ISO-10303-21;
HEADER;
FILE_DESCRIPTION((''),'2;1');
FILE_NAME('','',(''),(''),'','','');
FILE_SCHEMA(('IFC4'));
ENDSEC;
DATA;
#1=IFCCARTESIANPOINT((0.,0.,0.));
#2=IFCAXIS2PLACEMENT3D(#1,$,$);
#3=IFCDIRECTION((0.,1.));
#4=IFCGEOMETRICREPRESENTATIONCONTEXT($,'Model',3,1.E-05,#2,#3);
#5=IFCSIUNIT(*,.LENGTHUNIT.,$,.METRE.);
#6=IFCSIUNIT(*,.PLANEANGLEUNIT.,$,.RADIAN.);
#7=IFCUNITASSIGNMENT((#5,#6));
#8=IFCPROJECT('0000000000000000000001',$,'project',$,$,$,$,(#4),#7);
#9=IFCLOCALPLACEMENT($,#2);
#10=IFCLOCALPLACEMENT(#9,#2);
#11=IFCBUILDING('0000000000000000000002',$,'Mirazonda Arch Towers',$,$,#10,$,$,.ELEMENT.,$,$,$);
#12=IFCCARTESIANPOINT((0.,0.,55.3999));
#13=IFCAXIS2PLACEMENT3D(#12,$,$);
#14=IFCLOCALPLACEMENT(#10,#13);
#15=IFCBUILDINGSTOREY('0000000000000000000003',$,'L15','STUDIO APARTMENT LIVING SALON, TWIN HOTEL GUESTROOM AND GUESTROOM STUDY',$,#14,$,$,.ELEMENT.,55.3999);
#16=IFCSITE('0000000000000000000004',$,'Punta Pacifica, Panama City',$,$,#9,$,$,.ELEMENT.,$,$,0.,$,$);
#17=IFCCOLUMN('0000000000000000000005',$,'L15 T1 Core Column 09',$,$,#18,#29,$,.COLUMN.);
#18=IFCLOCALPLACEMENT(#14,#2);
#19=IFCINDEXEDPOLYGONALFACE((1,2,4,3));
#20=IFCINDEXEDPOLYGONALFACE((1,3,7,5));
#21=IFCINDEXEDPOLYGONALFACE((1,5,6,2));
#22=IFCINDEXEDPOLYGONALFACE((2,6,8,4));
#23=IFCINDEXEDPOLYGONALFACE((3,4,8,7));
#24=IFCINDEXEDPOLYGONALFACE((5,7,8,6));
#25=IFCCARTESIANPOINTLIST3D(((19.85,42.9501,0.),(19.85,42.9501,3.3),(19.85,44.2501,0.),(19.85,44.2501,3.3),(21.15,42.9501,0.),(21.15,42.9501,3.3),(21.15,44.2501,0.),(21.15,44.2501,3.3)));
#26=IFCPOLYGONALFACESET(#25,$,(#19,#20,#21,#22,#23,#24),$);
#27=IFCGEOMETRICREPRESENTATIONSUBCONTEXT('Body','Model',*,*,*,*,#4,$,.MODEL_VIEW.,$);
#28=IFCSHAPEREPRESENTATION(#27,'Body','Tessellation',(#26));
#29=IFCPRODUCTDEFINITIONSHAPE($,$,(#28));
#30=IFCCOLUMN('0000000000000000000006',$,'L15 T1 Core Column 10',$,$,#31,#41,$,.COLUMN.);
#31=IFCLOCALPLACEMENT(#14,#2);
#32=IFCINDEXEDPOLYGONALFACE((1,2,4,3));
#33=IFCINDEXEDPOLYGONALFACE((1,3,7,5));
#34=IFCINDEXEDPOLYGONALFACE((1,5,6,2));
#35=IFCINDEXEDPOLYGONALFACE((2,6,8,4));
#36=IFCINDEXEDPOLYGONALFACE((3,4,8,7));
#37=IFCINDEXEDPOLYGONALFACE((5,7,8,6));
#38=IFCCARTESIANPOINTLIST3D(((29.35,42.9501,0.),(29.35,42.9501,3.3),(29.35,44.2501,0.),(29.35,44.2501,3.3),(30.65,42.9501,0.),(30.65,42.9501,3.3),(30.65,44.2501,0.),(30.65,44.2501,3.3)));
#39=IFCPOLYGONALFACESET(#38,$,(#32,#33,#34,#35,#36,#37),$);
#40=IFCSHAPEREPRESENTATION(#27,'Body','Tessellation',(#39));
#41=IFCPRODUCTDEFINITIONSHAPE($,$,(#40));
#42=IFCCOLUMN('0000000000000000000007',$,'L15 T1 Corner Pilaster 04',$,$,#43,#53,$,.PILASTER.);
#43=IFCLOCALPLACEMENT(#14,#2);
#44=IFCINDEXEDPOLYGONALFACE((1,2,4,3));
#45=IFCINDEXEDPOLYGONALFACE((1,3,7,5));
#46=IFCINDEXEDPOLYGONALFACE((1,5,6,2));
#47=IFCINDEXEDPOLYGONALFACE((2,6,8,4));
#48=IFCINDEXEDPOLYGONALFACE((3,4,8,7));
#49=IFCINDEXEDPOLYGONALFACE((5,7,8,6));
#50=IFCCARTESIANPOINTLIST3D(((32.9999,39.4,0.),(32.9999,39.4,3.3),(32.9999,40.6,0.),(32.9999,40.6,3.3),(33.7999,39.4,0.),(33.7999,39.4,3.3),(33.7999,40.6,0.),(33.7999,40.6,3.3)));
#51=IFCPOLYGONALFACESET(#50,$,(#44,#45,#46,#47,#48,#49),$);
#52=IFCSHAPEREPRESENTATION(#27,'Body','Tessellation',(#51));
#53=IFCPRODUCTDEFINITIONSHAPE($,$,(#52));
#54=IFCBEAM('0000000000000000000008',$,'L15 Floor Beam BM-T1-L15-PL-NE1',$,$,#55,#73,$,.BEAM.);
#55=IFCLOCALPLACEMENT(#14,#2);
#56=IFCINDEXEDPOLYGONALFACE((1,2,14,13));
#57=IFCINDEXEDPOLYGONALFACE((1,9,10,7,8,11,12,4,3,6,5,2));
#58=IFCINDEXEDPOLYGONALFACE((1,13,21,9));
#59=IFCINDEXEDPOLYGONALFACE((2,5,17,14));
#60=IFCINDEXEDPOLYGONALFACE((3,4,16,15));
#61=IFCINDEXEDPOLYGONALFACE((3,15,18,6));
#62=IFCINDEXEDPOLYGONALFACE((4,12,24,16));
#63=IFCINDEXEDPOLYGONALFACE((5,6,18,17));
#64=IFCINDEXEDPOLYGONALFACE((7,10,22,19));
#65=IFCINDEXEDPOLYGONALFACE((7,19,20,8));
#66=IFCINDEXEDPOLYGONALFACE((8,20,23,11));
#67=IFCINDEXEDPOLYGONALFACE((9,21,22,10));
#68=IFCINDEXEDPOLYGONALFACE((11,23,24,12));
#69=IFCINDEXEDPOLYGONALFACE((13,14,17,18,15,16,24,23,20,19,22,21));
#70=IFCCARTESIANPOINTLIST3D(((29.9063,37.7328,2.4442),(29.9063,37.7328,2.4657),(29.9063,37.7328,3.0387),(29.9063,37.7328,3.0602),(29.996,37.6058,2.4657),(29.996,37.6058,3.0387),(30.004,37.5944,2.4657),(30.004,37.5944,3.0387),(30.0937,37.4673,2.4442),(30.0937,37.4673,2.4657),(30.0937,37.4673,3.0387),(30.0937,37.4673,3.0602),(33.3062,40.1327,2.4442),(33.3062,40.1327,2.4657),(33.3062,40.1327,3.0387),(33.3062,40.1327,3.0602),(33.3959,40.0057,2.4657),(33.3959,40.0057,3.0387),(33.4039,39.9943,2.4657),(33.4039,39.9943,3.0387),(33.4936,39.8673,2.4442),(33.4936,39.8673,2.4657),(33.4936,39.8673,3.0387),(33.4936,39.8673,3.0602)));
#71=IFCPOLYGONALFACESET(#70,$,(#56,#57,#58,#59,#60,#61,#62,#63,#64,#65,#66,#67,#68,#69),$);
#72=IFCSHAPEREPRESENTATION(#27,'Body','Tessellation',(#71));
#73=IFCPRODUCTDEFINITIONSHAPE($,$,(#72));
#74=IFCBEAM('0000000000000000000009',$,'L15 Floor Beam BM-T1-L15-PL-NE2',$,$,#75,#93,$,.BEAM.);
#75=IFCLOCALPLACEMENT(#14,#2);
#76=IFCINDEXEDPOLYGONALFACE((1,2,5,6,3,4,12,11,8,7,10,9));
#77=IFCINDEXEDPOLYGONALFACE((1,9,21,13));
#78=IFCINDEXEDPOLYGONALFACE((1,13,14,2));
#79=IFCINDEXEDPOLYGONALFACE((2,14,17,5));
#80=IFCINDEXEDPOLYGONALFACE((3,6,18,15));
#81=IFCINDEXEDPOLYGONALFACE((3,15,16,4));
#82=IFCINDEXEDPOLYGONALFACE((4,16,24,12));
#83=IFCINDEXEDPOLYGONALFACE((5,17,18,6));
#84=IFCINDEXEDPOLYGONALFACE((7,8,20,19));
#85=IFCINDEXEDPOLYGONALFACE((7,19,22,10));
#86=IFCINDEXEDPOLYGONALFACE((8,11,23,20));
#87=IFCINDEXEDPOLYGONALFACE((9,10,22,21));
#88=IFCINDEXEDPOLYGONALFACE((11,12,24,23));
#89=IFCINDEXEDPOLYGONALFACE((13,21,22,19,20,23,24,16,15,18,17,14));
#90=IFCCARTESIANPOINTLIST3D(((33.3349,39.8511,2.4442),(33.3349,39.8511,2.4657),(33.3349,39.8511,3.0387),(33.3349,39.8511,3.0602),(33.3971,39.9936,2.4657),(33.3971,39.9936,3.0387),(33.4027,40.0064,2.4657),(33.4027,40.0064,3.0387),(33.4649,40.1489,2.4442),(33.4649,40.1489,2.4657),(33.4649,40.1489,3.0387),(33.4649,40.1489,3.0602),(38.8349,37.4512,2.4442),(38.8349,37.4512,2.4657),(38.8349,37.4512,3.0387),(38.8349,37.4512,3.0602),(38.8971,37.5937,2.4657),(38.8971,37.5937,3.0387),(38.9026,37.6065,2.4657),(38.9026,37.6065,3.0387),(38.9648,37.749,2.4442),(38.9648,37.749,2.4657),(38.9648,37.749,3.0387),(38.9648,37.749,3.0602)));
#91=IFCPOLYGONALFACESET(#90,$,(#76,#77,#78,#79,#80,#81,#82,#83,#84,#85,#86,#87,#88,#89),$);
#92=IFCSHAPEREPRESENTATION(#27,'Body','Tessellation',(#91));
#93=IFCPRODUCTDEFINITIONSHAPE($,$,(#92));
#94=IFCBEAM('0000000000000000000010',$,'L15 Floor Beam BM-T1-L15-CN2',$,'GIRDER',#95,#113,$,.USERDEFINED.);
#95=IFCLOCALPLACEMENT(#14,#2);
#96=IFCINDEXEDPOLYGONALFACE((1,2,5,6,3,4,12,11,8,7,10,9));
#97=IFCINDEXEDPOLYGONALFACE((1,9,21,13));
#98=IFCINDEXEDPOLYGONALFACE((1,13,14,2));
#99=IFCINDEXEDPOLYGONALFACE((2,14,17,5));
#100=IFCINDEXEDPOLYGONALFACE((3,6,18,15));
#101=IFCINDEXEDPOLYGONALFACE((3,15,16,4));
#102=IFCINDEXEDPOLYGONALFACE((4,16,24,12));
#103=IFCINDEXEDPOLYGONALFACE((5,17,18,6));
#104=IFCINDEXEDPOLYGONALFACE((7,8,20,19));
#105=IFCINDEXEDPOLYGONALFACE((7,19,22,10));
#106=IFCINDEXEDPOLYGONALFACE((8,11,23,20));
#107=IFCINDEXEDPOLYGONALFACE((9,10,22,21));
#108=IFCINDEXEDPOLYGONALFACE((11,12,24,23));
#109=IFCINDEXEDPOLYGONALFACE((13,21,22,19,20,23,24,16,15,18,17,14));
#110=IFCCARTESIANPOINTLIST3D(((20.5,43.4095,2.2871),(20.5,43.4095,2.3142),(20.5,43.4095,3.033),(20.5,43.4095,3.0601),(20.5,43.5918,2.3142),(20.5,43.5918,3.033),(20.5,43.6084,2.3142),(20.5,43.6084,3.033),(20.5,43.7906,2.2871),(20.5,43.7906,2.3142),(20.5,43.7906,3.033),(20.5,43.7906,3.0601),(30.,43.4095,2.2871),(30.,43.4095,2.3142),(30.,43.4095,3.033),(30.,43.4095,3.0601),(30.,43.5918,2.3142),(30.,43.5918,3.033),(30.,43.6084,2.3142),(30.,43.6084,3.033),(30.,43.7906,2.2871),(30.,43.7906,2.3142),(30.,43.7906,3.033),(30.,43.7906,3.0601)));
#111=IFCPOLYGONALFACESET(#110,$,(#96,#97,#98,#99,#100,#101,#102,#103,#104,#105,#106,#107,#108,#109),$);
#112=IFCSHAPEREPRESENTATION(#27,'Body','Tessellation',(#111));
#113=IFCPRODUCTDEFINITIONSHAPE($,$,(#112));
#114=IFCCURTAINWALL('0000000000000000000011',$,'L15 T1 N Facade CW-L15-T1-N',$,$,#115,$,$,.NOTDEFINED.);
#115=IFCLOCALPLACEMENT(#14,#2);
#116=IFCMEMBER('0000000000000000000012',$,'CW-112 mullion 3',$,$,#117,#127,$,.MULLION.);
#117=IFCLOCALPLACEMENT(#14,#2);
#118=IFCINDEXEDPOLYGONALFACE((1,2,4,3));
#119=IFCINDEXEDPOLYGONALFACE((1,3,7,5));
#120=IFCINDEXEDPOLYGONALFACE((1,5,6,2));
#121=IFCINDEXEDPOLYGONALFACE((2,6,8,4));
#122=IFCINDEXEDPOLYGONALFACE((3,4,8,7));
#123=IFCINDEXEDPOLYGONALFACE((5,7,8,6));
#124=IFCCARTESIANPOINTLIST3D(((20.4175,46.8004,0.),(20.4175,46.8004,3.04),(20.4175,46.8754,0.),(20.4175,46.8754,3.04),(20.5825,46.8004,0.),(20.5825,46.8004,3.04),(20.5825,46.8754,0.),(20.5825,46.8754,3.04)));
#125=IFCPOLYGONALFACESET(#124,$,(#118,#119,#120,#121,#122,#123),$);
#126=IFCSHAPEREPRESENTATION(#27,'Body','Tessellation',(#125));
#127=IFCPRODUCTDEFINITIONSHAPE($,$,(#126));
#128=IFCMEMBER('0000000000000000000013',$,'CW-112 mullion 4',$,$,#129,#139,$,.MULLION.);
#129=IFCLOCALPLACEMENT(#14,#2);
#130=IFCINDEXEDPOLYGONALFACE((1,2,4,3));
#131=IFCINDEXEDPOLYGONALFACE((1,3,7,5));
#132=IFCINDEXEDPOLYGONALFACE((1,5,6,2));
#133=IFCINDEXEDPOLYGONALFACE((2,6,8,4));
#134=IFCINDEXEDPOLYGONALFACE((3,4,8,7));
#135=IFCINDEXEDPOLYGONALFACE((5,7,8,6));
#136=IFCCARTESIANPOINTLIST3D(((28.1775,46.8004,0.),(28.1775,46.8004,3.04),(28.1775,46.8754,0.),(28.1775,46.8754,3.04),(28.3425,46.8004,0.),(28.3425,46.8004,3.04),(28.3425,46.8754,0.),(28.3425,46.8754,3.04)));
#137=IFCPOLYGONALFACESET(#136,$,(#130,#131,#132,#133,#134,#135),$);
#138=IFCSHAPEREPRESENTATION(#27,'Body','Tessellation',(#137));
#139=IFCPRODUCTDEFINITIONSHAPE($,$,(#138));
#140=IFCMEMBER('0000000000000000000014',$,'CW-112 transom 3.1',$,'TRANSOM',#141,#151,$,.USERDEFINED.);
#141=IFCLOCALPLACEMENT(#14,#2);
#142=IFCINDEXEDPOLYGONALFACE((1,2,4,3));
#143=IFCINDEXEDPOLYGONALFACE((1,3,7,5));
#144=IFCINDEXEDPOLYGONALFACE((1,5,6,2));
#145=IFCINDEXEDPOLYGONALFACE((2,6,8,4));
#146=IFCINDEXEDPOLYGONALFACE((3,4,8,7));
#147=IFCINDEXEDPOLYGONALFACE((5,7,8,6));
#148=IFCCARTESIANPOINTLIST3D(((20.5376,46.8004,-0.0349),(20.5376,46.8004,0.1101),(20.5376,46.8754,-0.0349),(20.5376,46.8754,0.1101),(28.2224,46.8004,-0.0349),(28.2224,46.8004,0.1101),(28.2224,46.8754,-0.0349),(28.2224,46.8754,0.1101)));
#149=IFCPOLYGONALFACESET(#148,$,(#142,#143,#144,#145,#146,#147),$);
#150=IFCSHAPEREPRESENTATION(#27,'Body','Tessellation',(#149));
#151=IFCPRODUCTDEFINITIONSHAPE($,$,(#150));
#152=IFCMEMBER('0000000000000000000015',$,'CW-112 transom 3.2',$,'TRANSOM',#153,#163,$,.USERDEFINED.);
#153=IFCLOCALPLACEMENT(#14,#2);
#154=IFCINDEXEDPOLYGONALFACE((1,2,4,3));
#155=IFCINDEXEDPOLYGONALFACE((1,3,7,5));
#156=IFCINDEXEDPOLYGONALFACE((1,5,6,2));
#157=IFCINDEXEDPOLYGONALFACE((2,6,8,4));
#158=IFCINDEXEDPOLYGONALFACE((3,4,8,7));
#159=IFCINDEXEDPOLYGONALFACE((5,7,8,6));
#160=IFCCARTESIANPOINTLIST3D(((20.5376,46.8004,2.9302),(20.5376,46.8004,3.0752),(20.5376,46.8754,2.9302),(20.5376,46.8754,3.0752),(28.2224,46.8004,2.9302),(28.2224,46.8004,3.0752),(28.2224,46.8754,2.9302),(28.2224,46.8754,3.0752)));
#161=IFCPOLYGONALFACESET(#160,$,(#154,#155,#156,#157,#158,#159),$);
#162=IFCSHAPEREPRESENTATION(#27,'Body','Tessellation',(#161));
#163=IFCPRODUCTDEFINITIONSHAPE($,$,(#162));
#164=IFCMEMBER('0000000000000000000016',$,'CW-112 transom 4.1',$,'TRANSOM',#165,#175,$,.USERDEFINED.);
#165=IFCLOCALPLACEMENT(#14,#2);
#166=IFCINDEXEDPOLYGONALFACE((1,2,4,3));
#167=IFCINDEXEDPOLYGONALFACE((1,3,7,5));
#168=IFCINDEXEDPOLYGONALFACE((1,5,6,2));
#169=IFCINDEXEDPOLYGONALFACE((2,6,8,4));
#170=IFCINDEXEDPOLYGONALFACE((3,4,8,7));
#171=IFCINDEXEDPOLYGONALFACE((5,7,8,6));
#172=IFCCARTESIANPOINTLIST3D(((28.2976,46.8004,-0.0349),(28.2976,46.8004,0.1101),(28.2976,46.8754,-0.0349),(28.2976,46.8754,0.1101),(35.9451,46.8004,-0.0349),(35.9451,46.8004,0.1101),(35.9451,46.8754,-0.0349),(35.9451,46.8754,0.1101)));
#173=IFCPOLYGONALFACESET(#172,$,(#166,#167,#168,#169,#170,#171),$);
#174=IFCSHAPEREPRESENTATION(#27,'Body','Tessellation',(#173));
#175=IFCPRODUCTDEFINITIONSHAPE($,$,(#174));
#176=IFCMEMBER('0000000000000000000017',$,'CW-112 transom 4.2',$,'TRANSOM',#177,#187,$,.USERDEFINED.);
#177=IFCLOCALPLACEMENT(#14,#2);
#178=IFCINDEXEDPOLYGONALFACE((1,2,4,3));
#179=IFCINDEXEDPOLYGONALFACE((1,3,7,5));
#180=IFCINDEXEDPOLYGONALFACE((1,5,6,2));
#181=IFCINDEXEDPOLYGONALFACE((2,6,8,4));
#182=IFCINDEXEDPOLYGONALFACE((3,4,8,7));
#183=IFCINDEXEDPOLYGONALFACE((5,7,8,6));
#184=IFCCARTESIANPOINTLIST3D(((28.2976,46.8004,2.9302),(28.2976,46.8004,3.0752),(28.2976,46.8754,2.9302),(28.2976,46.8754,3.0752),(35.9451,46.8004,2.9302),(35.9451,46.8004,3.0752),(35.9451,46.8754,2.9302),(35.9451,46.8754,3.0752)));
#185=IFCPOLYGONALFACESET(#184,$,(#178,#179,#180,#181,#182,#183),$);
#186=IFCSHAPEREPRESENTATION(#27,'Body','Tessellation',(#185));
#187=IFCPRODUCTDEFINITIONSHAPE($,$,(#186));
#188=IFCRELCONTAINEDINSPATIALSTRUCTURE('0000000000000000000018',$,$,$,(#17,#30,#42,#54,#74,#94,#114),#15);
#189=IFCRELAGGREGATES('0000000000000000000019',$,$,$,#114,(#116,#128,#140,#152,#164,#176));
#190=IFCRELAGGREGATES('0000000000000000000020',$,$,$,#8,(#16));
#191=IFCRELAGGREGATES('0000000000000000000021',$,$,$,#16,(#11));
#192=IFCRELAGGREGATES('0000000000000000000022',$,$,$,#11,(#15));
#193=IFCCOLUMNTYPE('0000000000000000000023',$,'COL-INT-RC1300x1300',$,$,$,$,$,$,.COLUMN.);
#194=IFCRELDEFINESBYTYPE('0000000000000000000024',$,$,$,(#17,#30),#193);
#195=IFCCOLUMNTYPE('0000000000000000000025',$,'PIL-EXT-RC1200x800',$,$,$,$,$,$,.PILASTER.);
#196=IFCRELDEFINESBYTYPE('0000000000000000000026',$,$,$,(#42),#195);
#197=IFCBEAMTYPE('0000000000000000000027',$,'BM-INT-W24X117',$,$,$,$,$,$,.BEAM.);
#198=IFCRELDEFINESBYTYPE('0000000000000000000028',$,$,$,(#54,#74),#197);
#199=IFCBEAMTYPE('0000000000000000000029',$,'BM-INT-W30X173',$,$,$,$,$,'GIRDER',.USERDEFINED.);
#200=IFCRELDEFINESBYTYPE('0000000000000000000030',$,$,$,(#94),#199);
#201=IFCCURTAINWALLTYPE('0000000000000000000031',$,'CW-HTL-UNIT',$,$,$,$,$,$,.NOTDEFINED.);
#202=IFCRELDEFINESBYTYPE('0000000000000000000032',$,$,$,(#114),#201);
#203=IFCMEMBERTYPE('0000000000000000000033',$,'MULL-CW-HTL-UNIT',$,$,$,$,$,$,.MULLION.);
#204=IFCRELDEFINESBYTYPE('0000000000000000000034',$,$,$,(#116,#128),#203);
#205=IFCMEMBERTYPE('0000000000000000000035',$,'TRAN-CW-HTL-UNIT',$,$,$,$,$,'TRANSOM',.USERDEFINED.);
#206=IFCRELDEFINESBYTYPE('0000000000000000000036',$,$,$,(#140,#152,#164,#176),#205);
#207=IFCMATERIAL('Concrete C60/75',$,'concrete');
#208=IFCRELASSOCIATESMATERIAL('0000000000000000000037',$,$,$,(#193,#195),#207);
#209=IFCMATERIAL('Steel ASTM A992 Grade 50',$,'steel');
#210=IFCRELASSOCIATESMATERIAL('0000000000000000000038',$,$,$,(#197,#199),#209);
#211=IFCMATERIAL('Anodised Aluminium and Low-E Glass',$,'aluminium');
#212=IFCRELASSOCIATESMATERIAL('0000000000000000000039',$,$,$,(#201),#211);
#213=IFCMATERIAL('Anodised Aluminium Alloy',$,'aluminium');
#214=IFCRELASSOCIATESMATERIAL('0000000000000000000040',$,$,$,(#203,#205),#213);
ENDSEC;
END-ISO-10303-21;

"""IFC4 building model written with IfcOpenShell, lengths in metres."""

from ifc_helpers import new_model, si_unit, direction, frame, origin, origin_2d, place, context, subcontext, project, spatial, rectangle, i_section, extrude, material, material_profile, profile_set, type_object, element, aggregate, save


model = new_model("IFC4")

# Units and contexts
model_context = context("Model", 3, precision=1e-05, world=origin(), true_north=direction((0.0, 1.0)))
body_context = subcontext(model_context, "Body", "Model", "MODEL_VIEW")
ifc_project = project(units=[si_unit("LENGTHUNIT", "METRE"), si_unit("PLANEANGLEUNIT", "RADIAN")], contexts=[model_context])

# Site, building, storey
site_placement = place(None, origin())
site = spatial("IfcSite", under=ifc_project, at=site_placement, Name="Punta Pacifica, Panama City", CompositionType="ELEMENT", RefElevation=0.0)
building_placement = place(site_placement, origin())
building = spatial("IfcBuilding", under=site, at=building_placement, Name="Mirazonda Arch Towers", CompositionType="ELEMENT")
storey_placement = place(building_placement, frame((0.0, 0.0, 55.3999)))
storey = spatial("IfcBuildingStorey", under=building, at=storey_placement, Name="L15", Description="STUDIO APARTMENT LIVING SALON, TWIN HOTEL GUESTROOM AND GUESTROOM STUDY", CompositionType="ELEMENT", Elevation=55.3999)

# Columns
ifc_material_1 = material(Name="Concrete C60/75", Category="concrete")
ifc_material_profile_1 = material_profile(ifc_material_1, rectangle(XDim=1.3, YDim=1.3, at=origin_2d()), Name="RC1300x1300")
ifc_profile_set_1 = profile_set([ifc_material_profile_1], Name="Concrete C60/75")
column_type_1 = type_object("IfcColumnType", Name="COL-INT-RC1300x1300", PredefinedType="COLUMN", material=ifc_profile_set_1)
for number, where, z_axis, x_axis, name in (
    (1, (20.5, 43.6001, 0.0), (0.0, 0.0, 1.0), (1.0, 0.0, 0.0), "L15 T1 Core Column 09"),
    (2, (30.0, 43.6001, 0.0), (0.0, 0.0, 1.0), (1.0, 0.0, 0.0), "L15 T1 Core Column 10"),
):
    element("IfcColumn", number, at=place(storey_placement, frame(where, z_axis=z_axis, x_axis=x_axis)), inside=storey, type_object=column_type_1, Name=name, PredefinedType="COLUMN", context=body_context, shape_type="SweptSolid", body=[
        extrude(rectangle(XDim=1.3, YDim=1.3, at=origin_2d()), origin(), (0.0, 0.0, 1.0), 3.3),
    ])
ifc_material_profile_2 = material_profile(ifc_material_1, rectangle(XDim=0.8, YDim=1.2, at=origin_2d()), Name="RC1200x800")
ifc_profile_set_2 = profile_set([ifc_material_profile_2], Name="Concrete C60/75")
column_type_2 = type_object("IfcColumnType", Name="PIL-EXT-RC1200x800", PredefinedType="PILASTER", material=ifc_profile_set_2)
column_placement = place(storey_placement, frame((33.3999, 40.0, 0.0), z_axis=(0.0, 0.0, 1.0), x_axis=(1.0, 0.0, 0.0)))
element("IfcColumn", 3, at=column_placement, inside=storey, type_object=column_type_2, Name="L15 T1 Corner Pilaster 04", PredefinedType="PILASTER", context=body_context, shape_type="SweptSolid", body=[
    extrude(rectangle(XDim=0.8, YDim=1.2, at=origin_2d()), origin(), (0.0, 0.0, 1.0), 3.3),
])

# Beams
ifc_material_2 = material(Name="Steel ASTM A992 Grade 50", Category="steel")
ifc_material_profile_3 = material_profile(ifc_material_2, i_section(OverallWidth=0.325, OverallDepth=0.616, WebThickness=0.0139, FlangeThickness=0.0215, at=origin_2d()), Name="W24X117")
ifc_profile_set_3 = profile_set([ifc_material_profile_3], Name="Steel ASTM A992 Grade 50")
beam_type_1 = type_object("IfcBeamType", Name="BM-INT-W24X117", PredefinedType="BEAM", material=ifc_profile_set_3)
beam_1_placement = place(storey_placement, frame((33.3999, 40.0, 2.7522), z_axis=(-0.816971, -0.576679, 0.0), x_axis=(0.576679, -0.816971, 0.0)))
element("IfcBeam", 4, at=beam_1_placement, inside=storey, type_object=beam_type_1, Name="L15 Floor Beam BM-T1-L15-PL-NE1", PredefinedType="BEAM", context=body_context, shape_type="SweptSolid", body=[
    extrude(i_section(OverallWidth=0.325, OverallDepth=0.616, WebThickness=0.0139, FlangeThickness=0.0215, at=origin_2d()), origin(), (0.0, 0.0, 1.0), 4.1616),
])
beam_2_placement = place(storey_placement, frame((33.3999, 40.0, 2.7522), z_axis=(0.916545, -0.399931, 0.0), x_axis=(0.399931, 0.916545, 0.0)))
element("IfcBeam", 5, at=beam_2_placement, inside=storey, type_object=beam_type_1, Name="L15 Floor Beam BM-T1-L15-PL-NE2", PredefinedType="BEAM", context=body_context, shape_type="SweptSolid", body=[
    extrude(i_section(OverallWidth=0.325, OverallDepth=0.616, WebThickness=0.0139, FlangeThickness=0.0215, at=origin_2d()), origin(), (0.0, 0.0, 1.0), 6.0007),
])
ifc_material_profile_4 = material_profile(ifc_material_2, i_section(OverallWidth=0.3811, OverallDepth=0.7729, WebThickness=0.0166, FlangeThickness=0.0271, at=origin_2d()), Name="W30X173")
ifc_profile_set_4 = profile_set([ifc_material_profile_4], Name="Steel ASTM A992 Grade 50")
beam_type_2 = type_object("IfcBeamType", Name="BM-INT-W30X173", ElementType="GIRDER", PredefinedType="USERDEFINED", material=ifc_profile_set_4)
beam_3_placement = place(storey_placement, frame((20.5, 43.6001, 2.6736), z_axis=(1.0, 0.0, 0.0), x_axis=(0.0, 1.0, 0.0)))
element("IfcBeam", 6, at=beam_3_placement, inside=storey, type_object=beam_type_2, Name="L15 Floor Beam BM-T1-L15-CN2", ObjectType="GIRDER", PredefinedType="USERDEFINED", context=body_context, shape_type="SweptSolid", body=[
    extrude(i_section(OverallWidth=0.3811, OverallDepth=0.7729, WebThickness=0.0166, FlangeThickness=0.0271, at=origin_2d()), origin(), (0.0, 0.0, 1.0), 9.5),
])

# Curtain wall, members
ifc_material_3 = material(Name="Anodised Aluminium and Low-E Glass", Category="aluminium")
curtain_wall_type = type_object("IfcCurtainWallType", Name="CW-HTL-UNIT", PredefinedType="NOTDEFINED", material=ifc_material_3)
curtain_wall_placement = place(storey_placement, origin())
curtain_wall = element("IfcCurtainWall", 7, at=curtain_wall_placement, inside=storey, type_object=curtain_wall_type, Name="L15 T1 N Facade CW-L15-T1-N", PredefinedType="NOTDEFINED")
ifc_material_4 = material(Name="Anodised Aluminium Alloy", Category="aluminium")
ifc_material_profile_5 = material_profile(ifc_material_4, rectangle(XDim=0.075, YDim=0.165, at=origin_2d()), Name="ALU-MULL-75x165")
ifc_profile_set_5 = profile_set([ifc_material_profile_5], Name="Anodised Aluminium Alloy")
member_type_1 = type_object("IfcMemberType", Name="MULL-CW-HTL-UNIT", PredefinedType="MULLION", material=ifc_profile_set_5)
member_1_placement = place(storey_placement, frame((20.5, 46.8379, 0.0), z_axis=(0.0, 0.0, 1.0), x_axis=(0.0, 1.0, 0.0)))
member_1 = element("IfcMember", 8, at=member_1_placement, type_object=member_type_1, Name="CW-112 mullion 3", PredefinedType="MULLION", context=body_context, shape_type="SweptSolid", body=[
    extrude(rectangle(XDim=0.075, YDim=0.165, at=origin_2d()), origin(), (0.0, 0.0, 1.0), 3.04),
])
member_2_placement = place(storey_placement, frame((28.26, 46.8379, 0.0), z_axis=(0.0, 0.0, 1.0), x_axis=(0.0, 1.0, 0.0)))
member_2 = element("IfcMember", 9, at=member_2_placement, type_object=member_type_1, Name="CW-112 mullion 4", PredefinedType="MULLION", context=body_context, shape_type="SweptSolid", body=[
    extrude(rectangle(XDim=0.075, YDim=0.165, at=origin_2d()), origin(), (0.0, 0.0, 1.0), 3.04),
])
ifc_material_profile_6 = material_profile(ifc_material_4, rectangle(XDim=0.075, YDim=0.145, at=origin_2d()), Name="ALU-TRAN-75x145")
ifc_profile_set_6 = profile_set([ifc_material_profile_6], Name="Anodised Aluminium Alloy")
member_type_2 = type_object("IfcMemberType", Name="TRAN-CW-HTL-UNIT", ElementType="TRANSOM", PredefinedType="USERDEFINED", material=ifc_profile_set_6)
member_3_placement = place(storey_placement, frame((20.5376, 46.8379, 0.0376), z_axis=(1.0, 0.0, 0.0), x_axis=(0.0, 1.0, 0.0)))
member_3 = element("IfcMember", 10, at=member_3_placement, type_object=member_type_2, Name="CW-112 transom 3.1", ObjectType="TRANSOM", PredefinedType="USERDEFINED", context=body_context, shape_type="SweptSolid", body=[
    extrude(rectangle(XDim=0.075, YDim=0.145, at=origin_2d()), origin(), (0.0, 0.0, 1.0), 7.6848),
])
member_4_placement = place(storey_placement, frame((20.5376, 46.8379, 3.0027), z_axis=(1.0, 0.0, 0.0), x_axis=(0.0, 1.0, 0.0)))
member_4 = element("IfcMember", 11, at=member_4_placement, type_object=member_type_2, Name="CW-112 transom 3.2", ObjectType="TRANSOM", PredefinedType="USERDEFINED", context=body_context, shape_type="SweptSolid", body=[
    extrude(rectangle(XDim=0.075, YDim=0.145, at=origin_2d()), origin(), (0.0, 0.0, 1.0), 7.6848),
])
member_5_placement = place(storey_placement, frame((28.2976, 46.8379, 0.0376), z_axis=(1.0, 0.0, 0.0), x_axis=(0.0, 1.0, 0.0)))
member_5 = element("IfcMember", 12, at=member_5_placement, type_object=member_type_2, Name="CW-112 transom 4.1", ObjectType="TRANSOM", PredefinedType="USERDEFINED", context=body_context, shape_type="SweptSolid", body=[
    extrude(rectangle(XDim=0.075, YDim=0.145, at=origin_2d()), origin(), (0.0, 0.0, 1.0), 7.6475),
])
member_6_placement = place(storey_placement, frame((28.2976, 46.8379, 3.0027), z_axis=(1.0, 0.0, 0.0), x_axis=(0.0, 1.0, 0.0)))
member_6 = element("IfcMember", 13, at=member_6_placement, type_object=member_type_2, Name="CW-112 transom 4.2", ObjectType="TRANSOM", PredefinedType="USERDEFINED", context=body_context, shape_type="SweptSolid", body=[
    extrude(rectangle(XDim=0.075, YDim=0.145, at=origin_2d()), origin(), (0.0, 0.0, 1.0), 7.6475),
])
aggregate(curtain_wall, [member_1, member_2, member_3, member_4, member_5, member_6])

save(model, "model.ifc")
